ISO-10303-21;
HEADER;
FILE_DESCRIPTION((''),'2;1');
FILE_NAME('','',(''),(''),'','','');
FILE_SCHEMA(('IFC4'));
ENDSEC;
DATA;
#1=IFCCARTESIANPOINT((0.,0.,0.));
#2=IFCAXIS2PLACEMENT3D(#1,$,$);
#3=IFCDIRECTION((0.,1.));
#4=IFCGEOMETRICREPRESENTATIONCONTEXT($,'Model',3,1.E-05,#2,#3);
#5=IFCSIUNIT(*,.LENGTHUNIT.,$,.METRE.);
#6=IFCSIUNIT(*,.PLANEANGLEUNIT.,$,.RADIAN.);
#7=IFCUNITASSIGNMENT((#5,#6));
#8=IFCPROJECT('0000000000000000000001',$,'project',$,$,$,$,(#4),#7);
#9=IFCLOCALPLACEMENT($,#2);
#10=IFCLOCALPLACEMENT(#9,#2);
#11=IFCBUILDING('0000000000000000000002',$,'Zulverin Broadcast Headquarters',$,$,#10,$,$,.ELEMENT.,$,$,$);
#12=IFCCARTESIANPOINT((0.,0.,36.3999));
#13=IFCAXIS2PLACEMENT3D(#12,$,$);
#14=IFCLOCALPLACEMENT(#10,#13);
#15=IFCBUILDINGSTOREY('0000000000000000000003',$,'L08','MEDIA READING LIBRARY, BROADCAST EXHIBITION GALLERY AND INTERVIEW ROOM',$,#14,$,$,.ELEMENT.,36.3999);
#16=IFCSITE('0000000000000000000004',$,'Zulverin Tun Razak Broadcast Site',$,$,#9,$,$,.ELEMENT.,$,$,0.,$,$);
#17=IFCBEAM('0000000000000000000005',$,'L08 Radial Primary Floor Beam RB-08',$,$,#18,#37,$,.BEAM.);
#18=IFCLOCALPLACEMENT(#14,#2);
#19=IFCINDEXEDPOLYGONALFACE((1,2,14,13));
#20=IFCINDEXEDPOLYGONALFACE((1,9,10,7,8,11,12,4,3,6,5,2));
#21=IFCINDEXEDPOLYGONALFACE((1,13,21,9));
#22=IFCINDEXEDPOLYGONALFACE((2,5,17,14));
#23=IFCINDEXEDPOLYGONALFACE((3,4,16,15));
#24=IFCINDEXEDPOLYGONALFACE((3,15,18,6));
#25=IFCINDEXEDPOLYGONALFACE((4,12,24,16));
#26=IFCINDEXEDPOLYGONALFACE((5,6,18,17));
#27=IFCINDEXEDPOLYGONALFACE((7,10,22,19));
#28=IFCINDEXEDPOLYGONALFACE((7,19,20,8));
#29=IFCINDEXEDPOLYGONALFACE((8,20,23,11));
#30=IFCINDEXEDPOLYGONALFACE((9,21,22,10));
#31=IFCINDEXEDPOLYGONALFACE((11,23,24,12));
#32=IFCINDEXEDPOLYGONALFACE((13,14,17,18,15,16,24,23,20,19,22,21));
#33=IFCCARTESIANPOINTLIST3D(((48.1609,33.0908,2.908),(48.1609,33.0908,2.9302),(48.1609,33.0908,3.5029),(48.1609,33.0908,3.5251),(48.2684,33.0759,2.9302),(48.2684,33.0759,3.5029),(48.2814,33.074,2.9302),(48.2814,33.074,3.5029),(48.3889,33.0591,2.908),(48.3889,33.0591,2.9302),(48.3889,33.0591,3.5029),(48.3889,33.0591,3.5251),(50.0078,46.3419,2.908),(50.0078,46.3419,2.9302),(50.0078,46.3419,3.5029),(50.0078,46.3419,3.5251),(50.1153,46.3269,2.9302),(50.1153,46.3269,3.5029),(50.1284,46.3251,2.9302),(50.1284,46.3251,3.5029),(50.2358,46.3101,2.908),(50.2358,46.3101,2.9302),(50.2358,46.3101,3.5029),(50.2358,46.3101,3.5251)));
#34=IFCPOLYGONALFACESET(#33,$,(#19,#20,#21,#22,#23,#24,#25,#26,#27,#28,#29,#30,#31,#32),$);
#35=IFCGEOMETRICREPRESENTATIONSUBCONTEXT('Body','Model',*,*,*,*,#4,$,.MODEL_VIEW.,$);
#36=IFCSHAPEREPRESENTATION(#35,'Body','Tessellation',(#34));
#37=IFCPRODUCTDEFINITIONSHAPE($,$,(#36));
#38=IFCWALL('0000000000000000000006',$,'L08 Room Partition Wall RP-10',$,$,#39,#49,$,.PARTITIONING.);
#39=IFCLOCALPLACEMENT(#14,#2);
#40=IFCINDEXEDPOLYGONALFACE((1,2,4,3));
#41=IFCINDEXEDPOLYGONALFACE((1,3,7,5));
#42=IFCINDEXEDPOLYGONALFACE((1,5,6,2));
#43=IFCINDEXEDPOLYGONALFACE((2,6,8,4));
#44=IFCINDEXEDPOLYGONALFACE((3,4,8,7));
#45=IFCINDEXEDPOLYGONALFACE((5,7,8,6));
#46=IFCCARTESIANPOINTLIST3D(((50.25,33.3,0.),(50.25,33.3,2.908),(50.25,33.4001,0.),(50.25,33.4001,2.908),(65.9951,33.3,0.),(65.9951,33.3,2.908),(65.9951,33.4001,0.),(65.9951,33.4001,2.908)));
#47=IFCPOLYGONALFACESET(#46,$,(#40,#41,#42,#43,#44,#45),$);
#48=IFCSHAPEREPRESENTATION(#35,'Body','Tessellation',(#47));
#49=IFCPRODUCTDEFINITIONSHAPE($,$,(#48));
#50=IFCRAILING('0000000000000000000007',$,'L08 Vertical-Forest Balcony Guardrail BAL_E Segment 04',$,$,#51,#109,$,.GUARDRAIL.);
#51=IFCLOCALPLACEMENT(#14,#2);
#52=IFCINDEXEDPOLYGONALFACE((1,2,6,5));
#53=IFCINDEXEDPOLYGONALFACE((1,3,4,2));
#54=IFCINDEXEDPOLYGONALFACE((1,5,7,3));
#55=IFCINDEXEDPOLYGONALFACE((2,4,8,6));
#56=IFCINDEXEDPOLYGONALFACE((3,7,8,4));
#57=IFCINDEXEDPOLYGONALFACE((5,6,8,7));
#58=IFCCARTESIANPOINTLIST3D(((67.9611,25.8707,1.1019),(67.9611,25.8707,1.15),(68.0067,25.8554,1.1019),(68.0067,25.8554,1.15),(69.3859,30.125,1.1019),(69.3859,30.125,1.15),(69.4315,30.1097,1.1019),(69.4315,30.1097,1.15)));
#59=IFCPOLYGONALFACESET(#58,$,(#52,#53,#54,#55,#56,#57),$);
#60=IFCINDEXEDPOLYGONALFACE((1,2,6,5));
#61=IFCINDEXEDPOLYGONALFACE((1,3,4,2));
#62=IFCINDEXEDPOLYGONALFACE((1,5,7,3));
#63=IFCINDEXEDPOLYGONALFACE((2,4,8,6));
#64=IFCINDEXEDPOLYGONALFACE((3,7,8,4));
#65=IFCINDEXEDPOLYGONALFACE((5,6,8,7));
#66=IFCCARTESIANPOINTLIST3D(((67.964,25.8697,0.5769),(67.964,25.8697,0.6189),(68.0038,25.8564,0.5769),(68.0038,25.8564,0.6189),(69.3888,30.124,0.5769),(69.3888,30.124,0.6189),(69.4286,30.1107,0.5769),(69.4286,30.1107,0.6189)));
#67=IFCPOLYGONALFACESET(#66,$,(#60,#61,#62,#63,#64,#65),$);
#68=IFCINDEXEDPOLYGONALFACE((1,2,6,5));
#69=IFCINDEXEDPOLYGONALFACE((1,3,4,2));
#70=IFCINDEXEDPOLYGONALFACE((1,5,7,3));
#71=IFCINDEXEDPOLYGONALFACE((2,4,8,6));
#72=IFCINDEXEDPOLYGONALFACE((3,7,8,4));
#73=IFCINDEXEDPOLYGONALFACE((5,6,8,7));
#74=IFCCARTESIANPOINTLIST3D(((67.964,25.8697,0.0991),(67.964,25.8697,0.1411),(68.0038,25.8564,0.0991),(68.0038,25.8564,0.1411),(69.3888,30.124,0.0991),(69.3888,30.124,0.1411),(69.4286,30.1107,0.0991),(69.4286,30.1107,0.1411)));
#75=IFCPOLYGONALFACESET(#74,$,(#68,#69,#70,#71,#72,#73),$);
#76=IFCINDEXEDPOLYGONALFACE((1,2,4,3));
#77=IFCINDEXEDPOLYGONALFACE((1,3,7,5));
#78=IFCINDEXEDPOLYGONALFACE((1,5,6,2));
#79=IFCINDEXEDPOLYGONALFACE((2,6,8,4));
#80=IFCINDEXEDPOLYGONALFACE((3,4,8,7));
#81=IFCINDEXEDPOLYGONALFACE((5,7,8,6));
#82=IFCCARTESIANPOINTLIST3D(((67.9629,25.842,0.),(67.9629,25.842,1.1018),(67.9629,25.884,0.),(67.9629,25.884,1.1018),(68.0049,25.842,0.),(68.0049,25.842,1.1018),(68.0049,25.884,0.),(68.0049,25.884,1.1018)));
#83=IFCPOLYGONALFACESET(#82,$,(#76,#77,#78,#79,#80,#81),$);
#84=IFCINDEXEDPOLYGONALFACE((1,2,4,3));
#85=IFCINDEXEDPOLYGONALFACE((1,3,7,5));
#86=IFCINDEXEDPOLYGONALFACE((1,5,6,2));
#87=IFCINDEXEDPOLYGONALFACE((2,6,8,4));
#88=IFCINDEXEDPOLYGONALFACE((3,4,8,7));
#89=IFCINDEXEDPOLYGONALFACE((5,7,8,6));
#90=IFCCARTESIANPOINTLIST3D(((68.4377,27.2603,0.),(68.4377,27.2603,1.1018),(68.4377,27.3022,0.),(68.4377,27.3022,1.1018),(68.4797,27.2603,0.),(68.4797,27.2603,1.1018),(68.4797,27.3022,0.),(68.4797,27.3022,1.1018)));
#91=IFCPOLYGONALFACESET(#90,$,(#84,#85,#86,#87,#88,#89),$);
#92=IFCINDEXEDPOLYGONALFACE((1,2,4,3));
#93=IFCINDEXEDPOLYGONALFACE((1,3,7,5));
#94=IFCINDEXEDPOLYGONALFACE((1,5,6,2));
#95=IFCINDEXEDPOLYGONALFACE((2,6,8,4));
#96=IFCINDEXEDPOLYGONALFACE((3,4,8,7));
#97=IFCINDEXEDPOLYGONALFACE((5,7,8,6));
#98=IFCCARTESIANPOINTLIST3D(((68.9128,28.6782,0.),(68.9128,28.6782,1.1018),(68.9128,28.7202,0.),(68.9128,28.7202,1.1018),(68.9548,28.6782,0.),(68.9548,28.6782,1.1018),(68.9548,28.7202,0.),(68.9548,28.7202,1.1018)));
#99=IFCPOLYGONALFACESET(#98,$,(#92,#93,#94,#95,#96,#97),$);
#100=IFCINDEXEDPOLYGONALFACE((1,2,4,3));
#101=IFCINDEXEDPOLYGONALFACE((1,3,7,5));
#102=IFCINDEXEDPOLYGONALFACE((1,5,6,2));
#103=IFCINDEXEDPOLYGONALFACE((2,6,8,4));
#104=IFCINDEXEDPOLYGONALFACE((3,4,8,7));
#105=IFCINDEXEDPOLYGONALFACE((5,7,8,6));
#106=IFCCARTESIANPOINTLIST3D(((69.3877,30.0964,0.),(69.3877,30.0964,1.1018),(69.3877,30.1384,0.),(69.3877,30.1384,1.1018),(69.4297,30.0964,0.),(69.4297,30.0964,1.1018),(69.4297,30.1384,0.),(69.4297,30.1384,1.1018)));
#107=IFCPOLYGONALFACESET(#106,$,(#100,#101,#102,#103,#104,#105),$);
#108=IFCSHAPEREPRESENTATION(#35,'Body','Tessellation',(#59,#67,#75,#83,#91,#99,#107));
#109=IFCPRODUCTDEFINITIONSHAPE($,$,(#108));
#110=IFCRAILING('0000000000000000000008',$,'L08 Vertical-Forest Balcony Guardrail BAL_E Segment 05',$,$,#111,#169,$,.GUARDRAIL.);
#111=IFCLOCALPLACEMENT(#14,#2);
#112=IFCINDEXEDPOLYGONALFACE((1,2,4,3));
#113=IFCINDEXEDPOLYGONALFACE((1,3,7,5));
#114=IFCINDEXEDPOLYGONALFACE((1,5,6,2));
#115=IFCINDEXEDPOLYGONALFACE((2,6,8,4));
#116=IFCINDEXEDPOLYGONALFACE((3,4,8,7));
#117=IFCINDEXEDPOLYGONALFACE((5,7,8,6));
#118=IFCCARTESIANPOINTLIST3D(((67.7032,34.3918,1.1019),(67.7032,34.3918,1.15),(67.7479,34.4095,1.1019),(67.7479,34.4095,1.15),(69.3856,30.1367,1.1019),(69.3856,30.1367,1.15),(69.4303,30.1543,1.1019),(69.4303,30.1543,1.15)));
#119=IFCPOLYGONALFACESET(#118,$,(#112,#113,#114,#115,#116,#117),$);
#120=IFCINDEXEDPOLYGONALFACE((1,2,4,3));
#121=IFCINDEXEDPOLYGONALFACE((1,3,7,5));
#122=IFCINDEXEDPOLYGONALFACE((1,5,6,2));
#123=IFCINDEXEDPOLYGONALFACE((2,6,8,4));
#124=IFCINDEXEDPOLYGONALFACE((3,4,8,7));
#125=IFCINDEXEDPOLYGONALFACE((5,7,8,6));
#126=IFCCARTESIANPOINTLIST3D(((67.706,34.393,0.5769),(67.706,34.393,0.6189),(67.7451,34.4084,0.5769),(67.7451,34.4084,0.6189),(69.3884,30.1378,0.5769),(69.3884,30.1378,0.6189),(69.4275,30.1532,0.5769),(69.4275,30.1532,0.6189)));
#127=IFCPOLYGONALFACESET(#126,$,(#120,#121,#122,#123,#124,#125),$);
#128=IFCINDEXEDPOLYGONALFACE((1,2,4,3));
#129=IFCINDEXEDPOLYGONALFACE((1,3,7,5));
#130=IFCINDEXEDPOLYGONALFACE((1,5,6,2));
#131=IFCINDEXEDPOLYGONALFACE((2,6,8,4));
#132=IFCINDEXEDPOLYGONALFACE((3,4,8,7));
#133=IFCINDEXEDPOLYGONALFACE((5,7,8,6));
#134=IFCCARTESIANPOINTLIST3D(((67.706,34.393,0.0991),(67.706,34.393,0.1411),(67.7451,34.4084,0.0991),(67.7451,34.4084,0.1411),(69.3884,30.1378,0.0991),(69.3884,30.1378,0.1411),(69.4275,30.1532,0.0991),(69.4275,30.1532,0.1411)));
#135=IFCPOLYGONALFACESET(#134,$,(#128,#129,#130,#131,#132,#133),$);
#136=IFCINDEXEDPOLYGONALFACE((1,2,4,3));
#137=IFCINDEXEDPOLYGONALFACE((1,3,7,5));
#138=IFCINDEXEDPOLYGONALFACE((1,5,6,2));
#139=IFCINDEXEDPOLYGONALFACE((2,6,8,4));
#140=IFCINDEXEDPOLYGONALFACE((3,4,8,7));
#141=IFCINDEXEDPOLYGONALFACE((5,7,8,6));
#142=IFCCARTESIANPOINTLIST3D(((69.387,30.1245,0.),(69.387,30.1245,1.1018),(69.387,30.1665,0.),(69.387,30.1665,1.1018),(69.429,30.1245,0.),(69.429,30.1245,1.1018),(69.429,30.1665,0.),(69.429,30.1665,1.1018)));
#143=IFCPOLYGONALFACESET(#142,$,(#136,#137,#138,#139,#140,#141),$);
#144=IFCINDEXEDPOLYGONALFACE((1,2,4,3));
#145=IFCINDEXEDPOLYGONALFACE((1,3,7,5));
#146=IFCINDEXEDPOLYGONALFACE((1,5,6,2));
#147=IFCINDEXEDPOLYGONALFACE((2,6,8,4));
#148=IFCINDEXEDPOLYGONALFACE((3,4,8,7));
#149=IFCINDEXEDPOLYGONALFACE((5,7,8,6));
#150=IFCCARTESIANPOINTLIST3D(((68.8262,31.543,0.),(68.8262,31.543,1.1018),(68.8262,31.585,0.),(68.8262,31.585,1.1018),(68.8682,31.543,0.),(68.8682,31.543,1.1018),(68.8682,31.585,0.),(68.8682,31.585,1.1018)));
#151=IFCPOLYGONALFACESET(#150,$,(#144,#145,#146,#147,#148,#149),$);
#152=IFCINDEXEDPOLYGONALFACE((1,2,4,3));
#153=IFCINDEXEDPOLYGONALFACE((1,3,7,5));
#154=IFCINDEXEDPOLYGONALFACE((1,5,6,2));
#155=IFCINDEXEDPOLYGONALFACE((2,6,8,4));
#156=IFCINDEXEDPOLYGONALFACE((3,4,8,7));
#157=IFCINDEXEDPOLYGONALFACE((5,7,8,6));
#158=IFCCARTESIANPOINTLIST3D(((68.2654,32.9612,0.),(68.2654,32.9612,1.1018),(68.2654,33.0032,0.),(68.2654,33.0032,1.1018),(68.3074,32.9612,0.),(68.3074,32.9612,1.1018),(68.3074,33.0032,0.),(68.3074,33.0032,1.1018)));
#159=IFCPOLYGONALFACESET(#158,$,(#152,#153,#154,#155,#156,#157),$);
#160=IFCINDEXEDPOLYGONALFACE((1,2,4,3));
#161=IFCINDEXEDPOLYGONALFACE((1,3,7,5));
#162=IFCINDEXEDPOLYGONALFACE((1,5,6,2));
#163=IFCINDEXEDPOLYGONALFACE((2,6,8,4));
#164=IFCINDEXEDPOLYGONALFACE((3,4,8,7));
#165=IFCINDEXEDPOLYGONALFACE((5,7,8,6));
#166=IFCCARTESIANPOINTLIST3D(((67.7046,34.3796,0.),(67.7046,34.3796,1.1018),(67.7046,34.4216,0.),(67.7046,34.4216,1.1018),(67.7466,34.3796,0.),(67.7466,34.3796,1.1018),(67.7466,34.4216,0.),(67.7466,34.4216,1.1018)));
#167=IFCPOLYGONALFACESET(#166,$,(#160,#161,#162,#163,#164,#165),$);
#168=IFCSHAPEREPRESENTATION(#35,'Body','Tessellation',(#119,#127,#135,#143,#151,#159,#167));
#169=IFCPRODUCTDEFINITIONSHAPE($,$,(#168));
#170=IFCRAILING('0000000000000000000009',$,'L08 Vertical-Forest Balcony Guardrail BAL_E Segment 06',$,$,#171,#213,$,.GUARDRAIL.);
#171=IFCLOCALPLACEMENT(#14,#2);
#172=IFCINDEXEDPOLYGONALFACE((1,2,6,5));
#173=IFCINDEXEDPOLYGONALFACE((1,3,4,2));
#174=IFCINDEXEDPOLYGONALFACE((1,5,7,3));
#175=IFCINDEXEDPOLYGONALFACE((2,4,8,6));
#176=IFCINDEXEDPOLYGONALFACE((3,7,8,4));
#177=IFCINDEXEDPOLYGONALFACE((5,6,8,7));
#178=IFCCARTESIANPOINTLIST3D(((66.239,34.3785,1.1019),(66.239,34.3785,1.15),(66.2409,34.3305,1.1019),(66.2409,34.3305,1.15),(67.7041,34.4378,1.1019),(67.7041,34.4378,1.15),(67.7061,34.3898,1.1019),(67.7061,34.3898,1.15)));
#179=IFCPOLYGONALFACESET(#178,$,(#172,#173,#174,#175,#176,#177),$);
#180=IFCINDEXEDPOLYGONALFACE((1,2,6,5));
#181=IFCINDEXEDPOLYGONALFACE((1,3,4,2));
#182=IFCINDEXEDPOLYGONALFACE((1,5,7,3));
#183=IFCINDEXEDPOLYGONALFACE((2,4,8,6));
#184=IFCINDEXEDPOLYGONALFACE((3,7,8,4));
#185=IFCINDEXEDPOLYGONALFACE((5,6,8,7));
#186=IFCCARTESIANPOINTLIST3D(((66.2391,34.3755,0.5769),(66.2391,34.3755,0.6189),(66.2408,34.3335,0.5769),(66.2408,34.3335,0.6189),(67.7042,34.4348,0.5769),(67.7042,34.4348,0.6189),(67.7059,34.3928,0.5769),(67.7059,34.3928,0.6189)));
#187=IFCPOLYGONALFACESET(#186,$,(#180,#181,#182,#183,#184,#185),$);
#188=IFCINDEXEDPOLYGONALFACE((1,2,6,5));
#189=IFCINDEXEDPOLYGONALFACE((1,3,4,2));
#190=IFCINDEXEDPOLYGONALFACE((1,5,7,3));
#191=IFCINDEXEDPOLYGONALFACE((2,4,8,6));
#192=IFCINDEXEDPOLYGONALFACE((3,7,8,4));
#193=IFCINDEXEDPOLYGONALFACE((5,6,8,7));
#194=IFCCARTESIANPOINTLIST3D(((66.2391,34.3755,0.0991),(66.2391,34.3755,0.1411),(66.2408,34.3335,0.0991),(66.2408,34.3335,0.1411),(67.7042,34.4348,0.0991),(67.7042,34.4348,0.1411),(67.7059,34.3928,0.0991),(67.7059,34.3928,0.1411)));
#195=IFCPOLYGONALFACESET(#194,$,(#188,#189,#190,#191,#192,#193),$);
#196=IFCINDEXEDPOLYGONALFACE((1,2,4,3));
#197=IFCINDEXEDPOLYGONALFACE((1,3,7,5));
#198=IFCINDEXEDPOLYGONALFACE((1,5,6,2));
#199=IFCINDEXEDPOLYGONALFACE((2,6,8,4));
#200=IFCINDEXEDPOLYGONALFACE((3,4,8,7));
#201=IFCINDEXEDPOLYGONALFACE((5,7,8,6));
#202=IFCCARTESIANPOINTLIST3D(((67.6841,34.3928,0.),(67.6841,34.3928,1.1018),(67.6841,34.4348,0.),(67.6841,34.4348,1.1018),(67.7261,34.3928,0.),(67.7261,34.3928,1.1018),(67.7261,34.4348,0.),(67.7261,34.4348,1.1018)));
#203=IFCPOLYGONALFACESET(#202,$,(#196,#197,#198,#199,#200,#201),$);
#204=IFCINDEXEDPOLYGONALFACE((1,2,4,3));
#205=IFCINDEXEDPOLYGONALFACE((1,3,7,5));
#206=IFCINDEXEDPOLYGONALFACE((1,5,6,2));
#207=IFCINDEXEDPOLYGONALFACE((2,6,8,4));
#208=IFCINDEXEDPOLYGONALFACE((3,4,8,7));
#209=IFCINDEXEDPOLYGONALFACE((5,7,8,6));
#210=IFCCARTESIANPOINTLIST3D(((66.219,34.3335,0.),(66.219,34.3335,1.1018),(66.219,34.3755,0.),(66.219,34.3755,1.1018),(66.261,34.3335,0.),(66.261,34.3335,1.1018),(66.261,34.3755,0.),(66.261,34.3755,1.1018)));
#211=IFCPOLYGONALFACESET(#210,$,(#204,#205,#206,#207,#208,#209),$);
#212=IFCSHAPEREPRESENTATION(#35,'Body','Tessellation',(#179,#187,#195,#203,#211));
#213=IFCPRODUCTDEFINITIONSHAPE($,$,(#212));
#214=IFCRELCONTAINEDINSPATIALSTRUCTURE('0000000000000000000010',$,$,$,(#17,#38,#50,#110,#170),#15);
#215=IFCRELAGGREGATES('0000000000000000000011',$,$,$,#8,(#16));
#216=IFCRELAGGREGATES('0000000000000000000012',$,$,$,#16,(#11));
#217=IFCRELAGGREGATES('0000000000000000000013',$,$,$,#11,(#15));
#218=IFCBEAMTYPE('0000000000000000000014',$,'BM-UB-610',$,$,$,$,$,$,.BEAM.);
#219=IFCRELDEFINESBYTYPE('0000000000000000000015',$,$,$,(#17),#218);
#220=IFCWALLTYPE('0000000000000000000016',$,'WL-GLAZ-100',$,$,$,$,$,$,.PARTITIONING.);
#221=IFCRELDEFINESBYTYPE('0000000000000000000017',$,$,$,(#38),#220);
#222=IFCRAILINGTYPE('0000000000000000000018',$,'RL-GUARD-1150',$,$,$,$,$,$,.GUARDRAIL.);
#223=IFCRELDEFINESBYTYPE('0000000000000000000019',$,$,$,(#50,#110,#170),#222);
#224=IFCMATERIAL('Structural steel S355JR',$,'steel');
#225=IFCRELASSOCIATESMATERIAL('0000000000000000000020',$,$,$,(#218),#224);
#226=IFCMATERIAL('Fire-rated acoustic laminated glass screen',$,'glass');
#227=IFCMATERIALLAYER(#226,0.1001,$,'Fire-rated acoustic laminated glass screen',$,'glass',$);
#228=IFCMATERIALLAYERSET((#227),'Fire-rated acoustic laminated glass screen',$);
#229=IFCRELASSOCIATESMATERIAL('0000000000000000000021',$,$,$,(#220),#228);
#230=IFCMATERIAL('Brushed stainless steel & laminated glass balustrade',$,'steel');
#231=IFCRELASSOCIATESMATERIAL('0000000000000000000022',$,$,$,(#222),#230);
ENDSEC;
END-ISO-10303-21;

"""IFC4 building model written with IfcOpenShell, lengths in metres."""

from ifc_helpers import new_model, si_unit, direction, frame, frame_2d, origin, origin_2d, place, context, subcontext, project, spatial, rectangle, i_section, extrude, material, layer, layer_set, material_profile, profile_set, type_object, element, save


model = new_model("IFC4")

# Units and contexts
model_context = context("Model", 3, precision=1e-05, world=origin(), true_north=direction((0.0, 1.0)))
body_context = subcontext(model_context, "Body", "Model", "MODEL_VIEW")
ifc_project = project(units=[si_unit("LENGTHUNIT", "METRE"), si_unit("PLANEANGLEUNIT", "RADIAN")], contexts=[model_context])

# Site, building, storey
site_placement = place(None, origin())
site = spatial("IfcSite", under=ifc_project, at=site_placement, Name="Zulverin Tun Razak Broadcast Site", CompositionType="ELEMENT", RefElevation=0.0)
building_placement = place(site_placement, origin())
building = spatial("IfcBuilding", under=site, at=building_placement, Name="Zulverin Broadcast Headquarters", CompositionType="ELEMENT")
storey_placement = place(building_placement, frame((0.0, 0.0, 36.3999)))
storey = spatial("IfcBuildingStorey", under=building, at=storey_placement, Name="L08", Description="MEDIA READING LIBRARY, BROADCAST EXHIBITION GALLERY AND INTERVIEW ROOM", CompositionType="ELEMENT", Elevation=36.3999)

# Beam
ifc_material_1 = material(Name="Structural steel S355JR", Category="steel")
ifc_material_profile_1 = material_profile(ifc_material_1, i_section(OverallWidth=0.2302, OverallDepth=0.6172, WebThickness=0.0132, FlangeThickness=0.0222, at=origin_2d()), Name="Structural steel S355JR", Category="steel")
ifc_profile_set_1 = profile_set([ifc_material_profile_1], Name="Structural steel S355JR")
beam_type_1 = type_object("IfcBeamType", Name="BM-UB-610", PredefinedType="BEAM", material=ifc_profile_set_1)
beam_1_placement = place(storey_placement, frame((48.2749, 33.075, 3.2166), z_axis=(0.138046, 0.990426, 0.0), x_axis=(-0.990426, 0.138046, 0.0)))
element("IfcBeam", 1, at=beam_1_placement, inside=storey, type_object=beam_type_1, Name="L08 Radial Primary Floor Beam RB-08", PredefinedType="BEAM", context=body_context, shape_type="SweptSolid", body=[
    extrude(i_section(OverallWidth=0.2302, OverallDepth=0.6172, WebThickness=0.0132, FlangeThickness=0.0222, at=origin_2d()), origin(), (0.0, 0.0, 1.0), 13.3792),
])

# Wall
ifc_material_2 = material(Name="Fire-rated acoustic laminated glass screen", Category="glass")
ifc_layer_1 = layer(ifc_material_2, 0.1001, Name="Fire-rated acoustic laminated glass screen", Category="glass")
ifc_layer_set_1 = layer_set([ifc_layer_1], Name="Fire-rated acoustic laminated glass screen")
wall_type = type_object("IfcWallType", Name="WL-GLAZ-100", PredefinedType="PARTITIONING", material=ifc_layer_set_1)
wall_placement = place(storey_placement, frame((50.25, 33.3501, 0.0), z_axis=(0.0, 0.0, 1.0), x_axis=(1.0, 0.0, 0.0)))
element("IfcWall", 2, at=wall_placement, inside=storey, type_object=wall_type, Name="L08 Room Partition Wall RP-10", PredefinedType="PARTITIONING", context=body_context, shape_type="SweptSolid", body=[
    extrude(rectangle(XDim=15.7451, YDim=0.1001, at=frame_2d((7.8726, 0.0))), origin(), (0.0, 0.0, 1.0), 2.908),
])

# Railings
ifc_material_3 = material(Name="Brushed stainless steel & laminated glass balustrade", Category="steel")
railing_type = type_object("IfcRailingType", Name="RL-GUARD-1150", PredefinedType="GUARDRAIL", material=ifc_material_3)
railing_1_placement = place(storey_placement, frame((67.9839, 25.863, 0.0)))
element("IfcRailing", 3, at=railing_1_placement, inside=storey, type_object=railing_type, Name="L08 Vertical-Forest Balcony Guardrail BAL_E Segment 04", PredefinedType="GUARDRAIL", context=body_context, shape_type="SweptSolid", body=[
    extrude(rectangle(XDim=0.0481, YDim=0.0481, at=origin_2d()), frame((0.0, 0.0, 1.126), z_axis=(0.317566, 0.948236, 0.0), x_axis=(-0.948236, 0.317566, 0.0)), (0.0, 0.0, 1.0), 4.4866),
    extrude(rectangle(XDim=0.042, YDim=0.042, at=origin_2d()), frame((0.0, 0.0, 0.5979), z_axis=(0.317566, 0.948236, 0.0), x_axis=(-0.948236, 0.317566, 0.0)), (0.0, 0.0, 1.0), 4.4866),
    extrude(rectangle(XDim=0.042, YDim=0.042, at=origin_2d()), frame((0.0, 0.0, 0.1201), z_axis=(0.317566, 0.948236, 0.0), x_axis=(-0.948236, 0.317566, 0.0)), (0.0, 0.0, 1.0), 4.4866),
    extrude(rectangle(XDim=0.042, YDim=0.042, at=origin_2d()), origin(), (0.0, 0.0, 1.0), 1.1018),
    extrude(rectangle(XDim=0.042, YDim=0.042, at=origin_2d()), frame((0.4749, 1.4182, 0.0)), (0.0, 0.0, 1.0), 1.1018),
    extrude(rectangle(XDim=0.042, YDim=0.042, at=origin_2d()), frame((0.95, 2.8362, 0.0)), (0.0, 0.0, 1.0), 1.1018),
    extrude(rectangle(XDim=0.042, YDim=0.042, at=origin_2d()), frame((1.4248, 4.2544, 0.0)), (0.0, 0.0, 1.0), 1.1018),
])
railing_2_placement = place(storey_placement, frame((69.408, 30.1455, 0.0)))
element("IfcRailing", 4, at=railing_2_placement, inside=storey, type_object=railing_type, Name="L08 Vertical-Forest Balcony Guardrail BAL_E Segment 05", PredefinedType="GUARDRAIL", context=body_context, shape_type="SweptSolid", body=[
    extrude(rectangle(XDim=0.0481, YDim=0.0481, at=origin_2d()), frame((0.0, 0.0, 1.126), z_axis=(-0.36768, 0.929952, 0.0), x_axis=(-0.929952, -0.36768, 0.0)), (0.0, 0.0, 1.0), 4.5757),
    extrude(rectangle(XDim=0.042, YDim=0.042, at=origin_2d()), frame((0.0, 0.0, 0.5979), z_axis=(-0.36768, 0.929952, 0.0), x_axis=(-0.929952, -0.36768, 0.0)), (0.0, 0.0, 1.0), 4.5757),
    extrude(rectangle(XDim=0.042, YDim=0.042, at=origin_2d()), frame((0.0, 0.0, 0.1201), z_axis=(-0.36768, 0.929952, 0.0), x_axis=(-0.929952, -0.36768, 0.0)), (0.0, 0.0, 1.0), 4.5757),
    extrude(rectangle(XDim=0.042, YDim=0.042, at=origin_2d()), origin(), (0.0, 0.0, 1.0), 1.1018),
    extrude(rectangle(XDim=0.042, YDim=0.042, at=origin_2d()), frame((-0.5608, 1.4185, 0.0)), (0.0, 0.0, 1.0), 1.1018),
    extrude(rectangle(XDim=0.042, YDim=0.042, at=origin_2d()), frame((-1.1216, 2.8367, 0.0)), (0.0, 0.0, 1.0), 1.1018),
    extrude(rectangle(XDim=0.042, YDim=0.042, at=origin_2d()), frame((-1.6824, 4.2551, 0.0)), (0.0, 0.0, 1.0), 1.1018),
])
railing_3_placement = place(storey_placement, frame((67.7051, 34.4138, 0.0)))
element("IfcRailing", 5, at=railing_3_placement, inside=storey, type_object=railing_type, Name="L08 Vertical-Forest Balcony Guardrail BAL_E Segment 06", PredefinedType="GUARDRAIL", context=body_context, shape_type="SweptSolid", body=[
    extrude(rectangle(XDim=0.0481, YDim=0.0481, at=origin_2d()), frame((0.0, 0.0, 1.126), z_axis=(-0.999181, -0.04046, 0.0), x_axis=(0.04046, -0.999181, 0.0)), (0.0, 0.0, 1.0), 1.4663),
    extrude(rectangle(XDim=0.042, YDim=0.042, at=origin_2d()), frame((0.0, 0.0, 0.5979), z_axis=(-0.999181, -0.04046, 0.0), x_axis=(0.04046, -0.999181, 0.0)), (0.0, 0.0, 1.0), 1.4663),
    extrude(rectangle(XDim=0.042, YDim=0.042, at=origin_2d()), frame((0.0, 0.0, 0.1201), z_axis=(-0.999181, -0.04046, 0.0), x_axis=(0.04046, -0.999181, 0.0)), (0.0, 0.0, 1.0), 1.4663),
    extrude(rectangle(XDim=0.042, YDim=0.042, at=origin_2d()), origin(), (0.0, 0.0, 1.0), 1.1018),
    extrude(rectangle(XDim=0.042, YDim=0.042, at=origin_2d()), frame((-1.4651, -0.0593, 0.0)), (0.0, 0.0, 1.0), 1.1018),
])

save(model, "model.ifc")
